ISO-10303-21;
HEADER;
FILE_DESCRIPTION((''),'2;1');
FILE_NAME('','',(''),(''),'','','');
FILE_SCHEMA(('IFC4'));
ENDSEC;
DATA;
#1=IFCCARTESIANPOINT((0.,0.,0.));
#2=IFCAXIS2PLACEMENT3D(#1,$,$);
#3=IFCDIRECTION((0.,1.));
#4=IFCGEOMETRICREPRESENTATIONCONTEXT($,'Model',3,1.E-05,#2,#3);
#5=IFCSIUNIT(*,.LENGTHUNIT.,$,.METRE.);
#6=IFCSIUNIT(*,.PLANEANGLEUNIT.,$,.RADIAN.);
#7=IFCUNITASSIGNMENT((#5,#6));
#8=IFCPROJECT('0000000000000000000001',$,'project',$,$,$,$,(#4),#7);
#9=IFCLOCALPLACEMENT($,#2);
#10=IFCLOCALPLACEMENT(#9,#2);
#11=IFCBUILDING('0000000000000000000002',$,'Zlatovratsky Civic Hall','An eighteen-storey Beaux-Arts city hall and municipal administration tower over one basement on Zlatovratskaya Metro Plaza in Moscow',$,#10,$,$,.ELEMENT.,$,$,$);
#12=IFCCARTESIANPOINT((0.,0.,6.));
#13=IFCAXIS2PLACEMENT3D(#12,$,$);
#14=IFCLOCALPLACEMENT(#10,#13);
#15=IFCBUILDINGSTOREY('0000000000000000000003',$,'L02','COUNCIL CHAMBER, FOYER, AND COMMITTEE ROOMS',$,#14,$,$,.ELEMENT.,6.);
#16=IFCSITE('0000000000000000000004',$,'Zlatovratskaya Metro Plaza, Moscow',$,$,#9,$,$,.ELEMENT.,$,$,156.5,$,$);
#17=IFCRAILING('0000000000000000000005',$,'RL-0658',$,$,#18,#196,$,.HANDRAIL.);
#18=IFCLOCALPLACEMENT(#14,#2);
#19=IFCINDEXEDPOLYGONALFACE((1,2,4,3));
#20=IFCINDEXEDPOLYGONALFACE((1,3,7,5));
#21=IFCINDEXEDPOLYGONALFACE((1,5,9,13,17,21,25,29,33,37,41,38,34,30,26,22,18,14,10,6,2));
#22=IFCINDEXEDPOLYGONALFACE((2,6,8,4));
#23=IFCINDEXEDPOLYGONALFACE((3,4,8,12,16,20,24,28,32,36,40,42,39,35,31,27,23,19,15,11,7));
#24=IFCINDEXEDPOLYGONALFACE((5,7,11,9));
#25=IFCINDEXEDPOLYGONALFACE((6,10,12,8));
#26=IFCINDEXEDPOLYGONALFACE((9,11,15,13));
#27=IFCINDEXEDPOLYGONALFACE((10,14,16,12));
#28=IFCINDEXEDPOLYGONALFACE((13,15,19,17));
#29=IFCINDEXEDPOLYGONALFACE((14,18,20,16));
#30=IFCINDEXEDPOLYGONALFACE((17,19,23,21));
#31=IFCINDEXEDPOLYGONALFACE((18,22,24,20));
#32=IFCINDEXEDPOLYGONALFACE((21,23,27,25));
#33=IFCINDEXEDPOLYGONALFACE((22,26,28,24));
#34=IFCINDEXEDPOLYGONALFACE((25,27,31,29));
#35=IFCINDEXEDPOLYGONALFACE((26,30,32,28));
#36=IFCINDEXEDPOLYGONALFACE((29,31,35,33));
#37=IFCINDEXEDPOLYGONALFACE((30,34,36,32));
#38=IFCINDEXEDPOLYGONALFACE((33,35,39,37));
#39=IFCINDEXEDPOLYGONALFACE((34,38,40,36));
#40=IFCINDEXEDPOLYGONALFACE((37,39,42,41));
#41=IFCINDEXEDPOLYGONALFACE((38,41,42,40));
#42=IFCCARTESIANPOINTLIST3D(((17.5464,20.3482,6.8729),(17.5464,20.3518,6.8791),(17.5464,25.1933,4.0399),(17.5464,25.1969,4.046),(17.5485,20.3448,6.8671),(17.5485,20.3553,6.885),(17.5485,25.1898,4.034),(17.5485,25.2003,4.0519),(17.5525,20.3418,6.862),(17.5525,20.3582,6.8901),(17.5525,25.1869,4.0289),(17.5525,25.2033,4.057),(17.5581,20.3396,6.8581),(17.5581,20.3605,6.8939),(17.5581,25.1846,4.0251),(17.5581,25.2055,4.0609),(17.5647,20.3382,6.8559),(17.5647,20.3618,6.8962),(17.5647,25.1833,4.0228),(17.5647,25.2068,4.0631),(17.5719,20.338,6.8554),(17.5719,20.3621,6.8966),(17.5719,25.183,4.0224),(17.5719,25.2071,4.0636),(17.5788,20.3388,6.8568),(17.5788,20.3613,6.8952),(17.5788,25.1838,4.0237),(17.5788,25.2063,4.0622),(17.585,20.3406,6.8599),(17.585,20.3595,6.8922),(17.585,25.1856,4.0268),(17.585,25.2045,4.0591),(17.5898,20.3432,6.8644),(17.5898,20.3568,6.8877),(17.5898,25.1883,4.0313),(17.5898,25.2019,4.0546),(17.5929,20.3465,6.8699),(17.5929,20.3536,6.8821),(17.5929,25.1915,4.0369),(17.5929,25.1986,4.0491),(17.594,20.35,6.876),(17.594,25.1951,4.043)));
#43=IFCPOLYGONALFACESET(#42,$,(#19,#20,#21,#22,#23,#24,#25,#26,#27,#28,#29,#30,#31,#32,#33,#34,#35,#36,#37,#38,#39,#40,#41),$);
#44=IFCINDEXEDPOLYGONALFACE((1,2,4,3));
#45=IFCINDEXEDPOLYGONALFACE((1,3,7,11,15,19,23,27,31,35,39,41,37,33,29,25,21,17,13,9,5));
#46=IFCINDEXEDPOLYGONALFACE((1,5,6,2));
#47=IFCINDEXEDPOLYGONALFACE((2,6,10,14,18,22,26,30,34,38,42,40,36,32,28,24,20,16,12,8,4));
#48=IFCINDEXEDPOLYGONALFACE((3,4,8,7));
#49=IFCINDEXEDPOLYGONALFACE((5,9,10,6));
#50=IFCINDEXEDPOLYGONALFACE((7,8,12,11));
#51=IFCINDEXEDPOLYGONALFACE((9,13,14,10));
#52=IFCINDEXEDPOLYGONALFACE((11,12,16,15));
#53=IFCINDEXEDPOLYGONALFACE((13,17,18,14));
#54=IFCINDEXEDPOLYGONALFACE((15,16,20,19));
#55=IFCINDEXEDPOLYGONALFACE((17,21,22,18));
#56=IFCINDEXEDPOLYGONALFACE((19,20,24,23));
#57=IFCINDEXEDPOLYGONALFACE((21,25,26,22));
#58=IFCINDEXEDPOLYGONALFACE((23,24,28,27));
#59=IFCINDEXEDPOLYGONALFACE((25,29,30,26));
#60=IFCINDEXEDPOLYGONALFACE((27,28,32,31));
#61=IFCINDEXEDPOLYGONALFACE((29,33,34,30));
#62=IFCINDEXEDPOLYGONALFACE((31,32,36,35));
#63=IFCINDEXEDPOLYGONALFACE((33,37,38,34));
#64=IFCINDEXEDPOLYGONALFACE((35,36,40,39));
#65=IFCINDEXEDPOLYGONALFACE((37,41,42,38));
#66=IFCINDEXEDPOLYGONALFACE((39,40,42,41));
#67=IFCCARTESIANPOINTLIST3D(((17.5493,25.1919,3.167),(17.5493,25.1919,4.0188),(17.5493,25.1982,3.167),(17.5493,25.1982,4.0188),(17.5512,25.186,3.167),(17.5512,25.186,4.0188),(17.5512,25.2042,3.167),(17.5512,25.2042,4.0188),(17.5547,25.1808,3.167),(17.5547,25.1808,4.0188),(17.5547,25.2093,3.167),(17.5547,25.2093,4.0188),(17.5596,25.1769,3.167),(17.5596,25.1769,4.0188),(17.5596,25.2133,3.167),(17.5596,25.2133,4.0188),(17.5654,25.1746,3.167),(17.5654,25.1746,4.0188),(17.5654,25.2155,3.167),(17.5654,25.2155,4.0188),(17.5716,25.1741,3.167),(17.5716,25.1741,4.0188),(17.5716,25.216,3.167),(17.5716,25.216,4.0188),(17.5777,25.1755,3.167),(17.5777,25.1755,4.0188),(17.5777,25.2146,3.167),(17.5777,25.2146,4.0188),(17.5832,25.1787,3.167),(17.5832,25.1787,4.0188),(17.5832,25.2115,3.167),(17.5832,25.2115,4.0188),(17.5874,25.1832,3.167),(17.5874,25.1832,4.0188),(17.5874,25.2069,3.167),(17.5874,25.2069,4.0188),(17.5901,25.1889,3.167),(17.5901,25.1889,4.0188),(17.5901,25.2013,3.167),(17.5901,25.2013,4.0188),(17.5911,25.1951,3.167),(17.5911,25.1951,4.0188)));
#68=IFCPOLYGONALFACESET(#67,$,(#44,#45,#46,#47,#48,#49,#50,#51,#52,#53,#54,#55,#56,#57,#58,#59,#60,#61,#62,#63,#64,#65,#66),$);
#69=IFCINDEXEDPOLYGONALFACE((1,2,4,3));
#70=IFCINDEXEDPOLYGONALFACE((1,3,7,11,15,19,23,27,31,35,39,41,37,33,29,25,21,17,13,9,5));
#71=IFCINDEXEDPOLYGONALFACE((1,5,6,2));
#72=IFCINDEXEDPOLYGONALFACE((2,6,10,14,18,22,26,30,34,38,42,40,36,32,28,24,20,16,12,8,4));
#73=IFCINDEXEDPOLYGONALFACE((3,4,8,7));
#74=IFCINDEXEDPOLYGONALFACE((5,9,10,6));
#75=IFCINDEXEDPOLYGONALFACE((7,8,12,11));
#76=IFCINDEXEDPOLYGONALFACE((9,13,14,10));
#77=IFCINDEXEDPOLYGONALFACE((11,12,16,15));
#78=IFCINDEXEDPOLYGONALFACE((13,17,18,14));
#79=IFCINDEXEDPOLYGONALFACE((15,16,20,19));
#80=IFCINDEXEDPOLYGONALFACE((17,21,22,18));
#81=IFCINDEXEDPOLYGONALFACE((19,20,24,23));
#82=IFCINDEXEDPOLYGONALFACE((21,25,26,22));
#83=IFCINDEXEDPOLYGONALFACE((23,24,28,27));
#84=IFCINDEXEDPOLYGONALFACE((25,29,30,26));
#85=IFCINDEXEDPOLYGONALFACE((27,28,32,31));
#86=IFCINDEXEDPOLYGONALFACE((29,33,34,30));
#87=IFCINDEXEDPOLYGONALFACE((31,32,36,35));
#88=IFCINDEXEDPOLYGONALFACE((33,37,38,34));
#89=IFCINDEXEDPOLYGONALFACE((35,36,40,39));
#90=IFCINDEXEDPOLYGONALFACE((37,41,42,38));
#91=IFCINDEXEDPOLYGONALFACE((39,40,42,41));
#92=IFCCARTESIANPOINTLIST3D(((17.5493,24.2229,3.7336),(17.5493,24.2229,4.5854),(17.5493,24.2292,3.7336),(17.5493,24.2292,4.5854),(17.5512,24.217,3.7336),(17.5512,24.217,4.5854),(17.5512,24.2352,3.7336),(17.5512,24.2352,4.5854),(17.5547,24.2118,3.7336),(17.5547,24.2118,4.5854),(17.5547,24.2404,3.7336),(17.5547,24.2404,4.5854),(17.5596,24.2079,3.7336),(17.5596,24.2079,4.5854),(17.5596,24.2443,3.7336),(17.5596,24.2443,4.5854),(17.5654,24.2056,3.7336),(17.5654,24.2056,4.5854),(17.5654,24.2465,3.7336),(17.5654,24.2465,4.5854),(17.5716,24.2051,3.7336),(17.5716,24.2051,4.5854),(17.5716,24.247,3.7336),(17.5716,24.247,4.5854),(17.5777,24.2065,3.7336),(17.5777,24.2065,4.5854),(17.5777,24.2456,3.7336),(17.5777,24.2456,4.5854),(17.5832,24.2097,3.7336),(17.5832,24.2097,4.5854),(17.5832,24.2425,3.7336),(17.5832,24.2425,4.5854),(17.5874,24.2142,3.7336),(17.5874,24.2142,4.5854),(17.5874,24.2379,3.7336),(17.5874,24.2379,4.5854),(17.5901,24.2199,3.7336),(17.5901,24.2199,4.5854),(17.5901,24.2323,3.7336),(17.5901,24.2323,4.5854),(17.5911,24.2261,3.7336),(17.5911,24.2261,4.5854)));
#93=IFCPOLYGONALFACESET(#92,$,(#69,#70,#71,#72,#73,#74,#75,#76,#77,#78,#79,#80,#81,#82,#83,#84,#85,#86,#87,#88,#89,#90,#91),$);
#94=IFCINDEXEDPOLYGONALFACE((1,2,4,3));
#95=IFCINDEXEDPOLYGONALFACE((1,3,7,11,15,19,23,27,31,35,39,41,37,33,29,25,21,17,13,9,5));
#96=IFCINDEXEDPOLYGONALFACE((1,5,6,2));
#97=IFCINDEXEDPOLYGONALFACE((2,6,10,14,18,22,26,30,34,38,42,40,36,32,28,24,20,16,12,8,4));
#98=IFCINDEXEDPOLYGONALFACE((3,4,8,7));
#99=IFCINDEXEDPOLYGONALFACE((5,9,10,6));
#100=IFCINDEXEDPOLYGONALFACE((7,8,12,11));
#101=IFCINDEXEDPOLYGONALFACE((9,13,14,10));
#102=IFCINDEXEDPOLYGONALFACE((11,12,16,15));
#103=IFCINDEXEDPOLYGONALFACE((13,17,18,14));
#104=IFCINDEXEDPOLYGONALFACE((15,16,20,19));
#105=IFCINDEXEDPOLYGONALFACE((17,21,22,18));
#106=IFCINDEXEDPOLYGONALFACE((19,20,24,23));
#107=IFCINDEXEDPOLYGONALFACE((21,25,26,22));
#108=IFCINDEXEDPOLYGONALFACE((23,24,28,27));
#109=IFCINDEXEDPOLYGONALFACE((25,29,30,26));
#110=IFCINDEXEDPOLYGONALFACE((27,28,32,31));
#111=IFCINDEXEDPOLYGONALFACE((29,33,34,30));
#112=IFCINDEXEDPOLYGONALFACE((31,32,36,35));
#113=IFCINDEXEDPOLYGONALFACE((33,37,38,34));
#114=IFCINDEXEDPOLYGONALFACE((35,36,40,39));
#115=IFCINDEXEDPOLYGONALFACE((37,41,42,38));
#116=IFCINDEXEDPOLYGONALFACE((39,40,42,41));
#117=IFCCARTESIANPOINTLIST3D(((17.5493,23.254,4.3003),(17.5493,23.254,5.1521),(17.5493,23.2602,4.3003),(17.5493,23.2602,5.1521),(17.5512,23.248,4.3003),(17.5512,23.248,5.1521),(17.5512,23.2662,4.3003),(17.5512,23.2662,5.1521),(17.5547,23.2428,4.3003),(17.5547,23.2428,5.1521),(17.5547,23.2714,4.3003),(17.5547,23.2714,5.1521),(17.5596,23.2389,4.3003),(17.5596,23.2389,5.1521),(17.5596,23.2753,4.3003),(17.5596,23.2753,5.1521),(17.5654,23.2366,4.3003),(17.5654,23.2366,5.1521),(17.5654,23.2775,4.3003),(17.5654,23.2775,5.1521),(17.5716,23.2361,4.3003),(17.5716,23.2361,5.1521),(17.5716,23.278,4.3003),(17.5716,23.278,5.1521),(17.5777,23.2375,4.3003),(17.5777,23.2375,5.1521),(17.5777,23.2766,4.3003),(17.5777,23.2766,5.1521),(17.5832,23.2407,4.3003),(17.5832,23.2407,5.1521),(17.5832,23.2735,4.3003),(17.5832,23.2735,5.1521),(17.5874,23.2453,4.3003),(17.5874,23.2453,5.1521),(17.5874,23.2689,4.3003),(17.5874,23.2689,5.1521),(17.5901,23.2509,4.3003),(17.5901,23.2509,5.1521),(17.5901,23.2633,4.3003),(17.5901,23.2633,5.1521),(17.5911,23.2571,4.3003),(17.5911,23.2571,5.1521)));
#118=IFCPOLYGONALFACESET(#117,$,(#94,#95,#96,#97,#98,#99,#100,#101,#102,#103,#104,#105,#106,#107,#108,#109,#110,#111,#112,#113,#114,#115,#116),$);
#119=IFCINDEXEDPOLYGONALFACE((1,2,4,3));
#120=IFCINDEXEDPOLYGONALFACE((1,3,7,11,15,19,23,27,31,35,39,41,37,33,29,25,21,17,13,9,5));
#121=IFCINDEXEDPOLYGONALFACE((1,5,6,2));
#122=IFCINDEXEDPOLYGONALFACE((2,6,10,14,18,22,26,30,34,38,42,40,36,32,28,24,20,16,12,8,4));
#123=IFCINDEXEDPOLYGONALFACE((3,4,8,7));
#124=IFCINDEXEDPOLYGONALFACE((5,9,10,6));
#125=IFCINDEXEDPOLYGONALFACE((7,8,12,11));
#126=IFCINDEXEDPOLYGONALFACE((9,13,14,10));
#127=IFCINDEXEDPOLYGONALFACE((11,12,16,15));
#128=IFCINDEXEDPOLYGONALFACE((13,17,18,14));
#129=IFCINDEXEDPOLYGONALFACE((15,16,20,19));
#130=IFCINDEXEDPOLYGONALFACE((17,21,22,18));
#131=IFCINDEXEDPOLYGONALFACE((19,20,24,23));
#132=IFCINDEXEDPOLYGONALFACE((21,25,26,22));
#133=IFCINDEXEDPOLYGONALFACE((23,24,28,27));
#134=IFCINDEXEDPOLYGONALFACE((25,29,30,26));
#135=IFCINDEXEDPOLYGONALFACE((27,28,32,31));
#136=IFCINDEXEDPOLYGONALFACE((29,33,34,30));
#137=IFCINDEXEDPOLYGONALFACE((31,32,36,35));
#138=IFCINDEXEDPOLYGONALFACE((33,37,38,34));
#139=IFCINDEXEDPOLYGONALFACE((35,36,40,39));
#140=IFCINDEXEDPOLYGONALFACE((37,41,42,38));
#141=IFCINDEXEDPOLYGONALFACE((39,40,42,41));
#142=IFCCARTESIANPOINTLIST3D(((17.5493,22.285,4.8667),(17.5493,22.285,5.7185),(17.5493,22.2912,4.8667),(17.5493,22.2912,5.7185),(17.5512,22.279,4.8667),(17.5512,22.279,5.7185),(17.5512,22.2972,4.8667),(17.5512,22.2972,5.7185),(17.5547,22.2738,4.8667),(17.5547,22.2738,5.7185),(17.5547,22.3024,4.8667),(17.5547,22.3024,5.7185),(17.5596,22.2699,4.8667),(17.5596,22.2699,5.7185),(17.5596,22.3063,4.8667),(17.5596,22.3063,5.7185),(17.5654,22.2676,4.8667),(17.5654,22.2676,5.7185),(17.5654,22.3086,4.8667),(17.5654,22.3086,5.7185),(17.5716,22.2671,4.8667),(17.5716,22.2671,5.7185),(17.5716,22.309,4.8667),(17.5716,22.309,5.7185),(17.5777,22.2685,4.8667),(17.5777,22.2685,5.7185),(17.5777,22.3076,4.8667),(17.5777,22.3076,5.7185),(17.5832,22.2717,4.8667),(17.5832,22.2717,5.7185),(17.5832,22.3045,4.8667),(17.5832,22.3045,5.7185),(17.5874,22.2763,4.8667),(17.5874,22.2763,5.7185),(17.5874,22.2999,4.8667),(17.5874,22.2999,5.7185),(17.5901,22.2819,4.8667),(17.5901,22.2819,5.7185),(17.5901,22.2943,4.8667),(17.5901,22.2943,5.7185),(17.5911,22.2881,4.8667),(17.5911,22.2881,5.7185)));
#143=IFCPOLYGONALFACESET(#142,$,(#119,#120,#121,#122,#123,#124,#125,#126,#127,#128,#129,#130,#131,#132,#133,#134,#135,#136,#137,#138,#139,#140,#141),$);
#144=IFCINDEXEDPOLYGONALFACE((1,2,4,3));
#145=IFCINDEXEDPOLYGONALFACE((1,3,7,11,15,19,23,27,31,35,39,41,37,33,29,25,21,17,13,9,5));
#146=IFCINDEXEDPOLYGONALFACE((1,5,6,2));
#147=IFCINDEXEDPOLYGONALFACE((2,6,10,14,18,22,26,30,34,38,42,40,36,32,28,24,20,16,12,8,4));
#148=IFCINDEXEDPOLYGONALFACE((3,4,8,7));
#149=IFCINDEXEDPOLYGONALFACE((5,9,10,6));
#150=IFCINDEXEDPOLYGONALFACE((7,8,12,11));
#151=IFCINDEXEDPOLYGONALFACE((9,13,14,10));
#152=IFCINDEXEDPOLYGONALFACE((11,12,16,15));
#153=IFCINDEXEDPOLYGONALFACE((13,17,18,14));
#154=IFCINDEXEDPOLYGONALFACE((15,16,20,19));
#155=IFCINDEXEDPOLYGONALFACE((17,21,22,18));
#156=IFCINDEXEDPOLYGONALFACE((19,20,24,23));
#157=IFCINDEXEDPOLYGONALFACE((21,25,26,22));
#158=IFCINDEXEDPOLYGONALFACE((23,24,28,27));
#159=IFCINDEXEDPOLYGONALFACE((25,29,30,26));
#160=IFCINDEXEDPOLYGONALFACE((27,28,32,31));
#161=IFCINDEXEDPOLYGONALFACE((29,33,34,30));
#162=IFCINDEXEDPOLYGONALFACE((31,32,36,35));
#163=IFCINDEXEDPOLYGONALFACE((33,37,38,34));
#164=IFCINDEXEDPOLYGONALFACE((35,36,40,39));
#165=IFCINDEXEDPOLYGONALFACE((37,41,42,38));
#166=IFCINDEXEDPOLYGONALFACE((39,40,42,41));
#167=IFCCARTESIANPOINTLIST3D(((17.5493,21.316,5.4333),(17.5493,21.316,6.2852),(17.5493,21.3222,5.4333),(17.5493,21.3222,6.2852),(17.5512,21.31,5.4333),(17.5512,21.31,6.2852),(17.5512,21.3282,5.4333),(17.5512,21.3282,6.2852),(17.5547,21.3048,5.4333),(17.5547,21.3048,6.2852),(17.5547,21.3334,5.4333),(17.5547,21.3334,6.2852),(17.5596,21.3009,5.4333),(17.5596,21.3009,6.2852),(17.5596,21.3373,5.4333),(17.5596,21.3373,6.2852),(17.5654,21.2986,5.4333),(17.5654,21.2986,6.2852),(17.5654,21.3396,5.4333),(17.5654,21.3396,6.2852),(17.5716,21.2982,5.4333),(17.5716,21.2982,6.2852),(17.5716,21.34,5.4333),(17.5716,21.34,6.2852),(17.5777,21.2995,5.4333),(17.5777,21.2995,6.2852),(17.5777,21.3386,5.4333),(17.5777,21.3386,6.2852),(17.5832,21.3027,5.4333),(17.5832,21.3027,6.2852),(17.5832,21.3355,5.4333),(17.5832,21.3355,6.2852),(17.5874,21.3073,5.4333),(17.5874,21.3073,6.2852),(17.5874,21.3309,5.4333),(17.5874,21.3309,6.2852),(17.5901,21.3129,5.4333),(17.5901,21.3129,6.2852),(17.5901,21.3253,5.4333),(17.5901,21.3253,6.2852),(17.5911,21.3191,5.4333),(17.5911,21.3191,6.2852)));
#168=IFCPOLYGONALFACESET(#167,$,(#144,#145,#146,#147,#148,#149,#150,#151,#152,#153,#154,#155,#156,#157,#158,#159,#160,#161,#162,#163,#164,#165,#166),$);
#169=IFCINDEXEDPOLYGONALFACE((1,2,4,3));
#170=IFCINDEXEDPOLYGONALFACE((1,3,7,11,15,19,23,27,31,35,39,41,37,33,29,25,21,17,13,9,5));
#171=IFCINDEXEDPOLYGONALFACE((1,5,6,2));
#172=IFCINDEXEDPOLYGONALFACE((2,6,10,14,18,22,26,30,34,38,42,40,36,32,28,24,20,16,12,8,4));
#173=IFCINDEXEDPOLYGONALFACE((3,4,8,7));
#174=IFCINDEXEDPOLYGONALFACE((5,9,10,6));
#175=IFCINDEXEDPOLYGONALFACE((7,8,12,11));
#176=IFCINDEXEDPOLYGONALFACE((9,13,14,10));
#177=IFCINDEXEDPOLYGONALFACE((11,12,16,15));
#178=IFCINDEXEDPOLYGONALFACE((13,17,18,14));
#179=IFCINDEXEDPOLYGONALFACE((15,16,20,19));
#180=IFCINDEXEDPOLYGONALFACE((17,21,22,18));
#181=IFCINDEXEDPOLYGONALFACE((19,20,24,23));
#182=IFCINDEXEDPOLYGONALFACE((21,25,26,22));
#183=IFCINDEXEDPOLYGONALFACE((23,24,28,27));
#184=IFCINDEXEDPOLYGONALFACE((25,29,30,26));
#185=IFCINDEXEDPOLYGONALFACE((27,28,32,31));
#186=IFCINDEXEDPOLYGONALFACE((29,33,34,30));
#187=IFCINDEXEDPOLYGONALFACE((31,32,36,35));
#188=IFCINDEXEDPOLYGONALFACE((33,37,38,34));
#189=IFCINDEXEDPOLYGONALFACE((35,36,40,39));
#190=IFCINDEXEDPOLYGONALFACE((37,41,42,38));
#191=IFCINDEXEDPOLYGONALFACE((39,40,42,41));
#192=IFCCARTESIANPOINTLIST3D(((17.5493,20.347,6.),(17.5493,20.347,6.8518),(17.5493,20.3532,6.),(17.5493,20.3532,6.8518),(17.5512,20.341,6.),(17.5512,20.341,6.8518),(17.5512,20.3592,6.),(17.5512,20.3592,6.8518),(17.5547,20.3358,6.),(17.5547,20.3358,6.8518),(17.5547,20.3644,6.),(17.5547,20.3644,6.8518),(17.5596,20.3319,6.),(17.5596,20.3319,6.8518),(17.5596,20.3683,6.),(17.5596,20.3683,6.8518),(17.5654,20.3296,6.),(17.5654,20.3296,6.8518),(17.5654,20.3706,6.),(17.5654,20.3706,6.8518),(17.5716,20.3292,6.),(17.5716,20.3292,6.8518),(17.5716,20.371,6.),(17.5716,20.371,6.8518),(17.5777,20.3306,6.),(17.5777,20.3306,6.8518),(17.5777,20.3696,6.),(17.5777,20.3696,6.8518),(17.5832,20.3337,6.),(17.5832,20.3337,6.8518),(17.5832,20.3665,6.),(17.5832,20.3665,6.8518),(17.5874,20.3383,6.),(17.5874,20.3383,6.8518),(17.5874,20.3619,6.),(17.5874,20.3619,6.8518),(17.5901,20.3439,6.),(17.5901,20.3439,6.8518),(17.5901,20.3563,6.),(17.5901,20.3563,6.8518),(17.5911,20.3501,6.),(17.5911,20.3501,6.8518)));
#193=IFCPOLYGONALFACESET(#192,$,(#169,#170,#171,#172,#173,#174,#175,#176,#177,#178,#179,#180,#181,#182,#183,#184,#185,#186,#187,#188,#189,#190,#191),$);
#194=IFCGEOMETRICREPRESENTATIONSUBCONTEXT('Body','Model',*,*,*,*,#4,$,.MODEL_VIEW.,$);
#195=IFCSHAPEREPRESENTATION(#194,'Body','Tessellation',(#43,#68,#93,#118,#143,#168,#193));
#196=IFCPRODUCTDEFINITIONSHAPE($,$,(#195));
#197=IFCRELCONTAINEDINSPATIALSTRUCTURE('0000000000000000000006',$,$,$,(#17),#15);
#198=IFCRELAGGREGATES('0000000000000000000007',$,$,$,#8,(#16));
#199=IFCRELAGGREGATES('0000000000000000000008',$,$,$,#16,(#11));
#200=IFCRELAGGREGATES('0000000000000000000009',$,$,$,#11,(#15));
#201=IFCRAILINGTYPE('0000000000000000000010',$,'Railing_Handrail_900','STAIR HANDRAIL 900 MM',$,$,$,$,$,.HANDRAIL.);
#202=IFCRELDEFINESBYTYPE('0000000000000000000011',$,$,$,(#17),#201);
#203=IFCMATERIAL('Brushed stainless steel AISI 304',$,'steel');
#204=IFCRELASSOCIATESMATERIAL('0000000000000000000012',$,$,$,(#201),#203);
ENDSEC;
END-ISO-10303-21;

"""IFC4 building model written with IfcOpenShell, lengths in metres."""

from ifc_helpers import new_model, si_unit, direction, frame, origin, origin_2d, place, context, subcontext, project, spatial, circle, extrude, material, type_object, element, save


model = new_model("IFC4")

# Units and contexts
model_context = context("Model", 3, precision=1e-05, world=origin(), true_north=direction((0.0, 1.0)))
body_context = subcontext(model_context, "Body", "Model", "MODEL_VIEW")
ifc_project = project(units=[si_unit("LENGTHUNIT", "METRE"), si_unit("PLANEANGLEUNIT", "RADIAN")], contexts=[model_context])

# Site, building, storey
site_placement = place(None, origin())
site = spatial("IfcSite", under=ifc_project, at=site_placement, Name="Zlatovratskaya Metro Plaza, Moscow", CompositionType="ELEMENT", RefElevation=156.5)
building_placement = place(site_placement, origin())
building = spatial("IfcBuilding", under=site, at=building_placement, Name="Zlatovratsky Civic Hall", Description="An eighteen-storey Beaux-Arts city hall and municipal administration tower over one basement on Zlatovratskaya Metro Plaza in Moscow", CompositionType="ELEMENT")
storey_placement = place(building_placement, frame((0.0, 0.0, 6.0)))
storey = spatial("IfcBuildingStorey", under=building, at=storey_placement, Name="L02", Description="COUNCIL CHAMBER, FOYER, AND COMMITTEE ROOMS", CompositionType="ELEMENT", Elevation=6.0)

# Railing
ifc_material_1 = material(Name="Brushed stainless steel AISI 304", Category="steel")
railing_type_1 = type_object("IfcRailingType", Name="Railing_Handrail_900", Description="STAIR HANDRAIL 900 MM", PredefinedType="HANDRAIL", material=ifc_material_1)
railing_1_placement = place(storey_placement, frame((17.5701, 25.1951, 3.167)))
element("IfcRailing", 1, at=railing_1_placement, inside=storey, type_object=railing_type_1, Name="RL-0658", PredefinedType="HANDRAIL", context=body_context, shape_type="SweptSolid", body=[
    extrude(circle(Radius=0.0239, at=origin_2d()), frame((0.0, 0.0, 0.876), z_axis=(0.0, -0.863253, 0.504771), x_axis=(1.0, 0.0, 0.0)), (0.0, 0.0, 1.0), 5.6125),
    extrude(circle(Radius=0.021, at=origin_2d()), origin(), (0.0, 0.0, 1.0), 0.8518),
    extrude(circle(Radius=0.021, at=origin_2d()), frame((0.0, -0.969, 0.5667)), (0.0, 0.0, 1.0), 0.8518),
    extrude(circle(Radius=0.021, at=origin_2d()), frame((0.0, -1.938, 1.1333)), (0.0, 0.0, 1.0), 0.8518),
    extrude(circle(Radius=0.021, at=origin_2d()), frame((0.0, -2.907, 1.6997)), (0.0, 0.0, 1.0), 0.8518),
    extrude(circle(Radius=0.021, at=origin_2d()), frame((0.0, -3.876, 2.2664)), (0.0, 0.0, 1.0), 0.8518),
    extrude(circle(Radius=0.021, at=origin_2d()), frame((0.0, -4.845, 2.833)), (0.0, 0.0, 1.0), 0.8518),
])

save(model, "model.ifc")
